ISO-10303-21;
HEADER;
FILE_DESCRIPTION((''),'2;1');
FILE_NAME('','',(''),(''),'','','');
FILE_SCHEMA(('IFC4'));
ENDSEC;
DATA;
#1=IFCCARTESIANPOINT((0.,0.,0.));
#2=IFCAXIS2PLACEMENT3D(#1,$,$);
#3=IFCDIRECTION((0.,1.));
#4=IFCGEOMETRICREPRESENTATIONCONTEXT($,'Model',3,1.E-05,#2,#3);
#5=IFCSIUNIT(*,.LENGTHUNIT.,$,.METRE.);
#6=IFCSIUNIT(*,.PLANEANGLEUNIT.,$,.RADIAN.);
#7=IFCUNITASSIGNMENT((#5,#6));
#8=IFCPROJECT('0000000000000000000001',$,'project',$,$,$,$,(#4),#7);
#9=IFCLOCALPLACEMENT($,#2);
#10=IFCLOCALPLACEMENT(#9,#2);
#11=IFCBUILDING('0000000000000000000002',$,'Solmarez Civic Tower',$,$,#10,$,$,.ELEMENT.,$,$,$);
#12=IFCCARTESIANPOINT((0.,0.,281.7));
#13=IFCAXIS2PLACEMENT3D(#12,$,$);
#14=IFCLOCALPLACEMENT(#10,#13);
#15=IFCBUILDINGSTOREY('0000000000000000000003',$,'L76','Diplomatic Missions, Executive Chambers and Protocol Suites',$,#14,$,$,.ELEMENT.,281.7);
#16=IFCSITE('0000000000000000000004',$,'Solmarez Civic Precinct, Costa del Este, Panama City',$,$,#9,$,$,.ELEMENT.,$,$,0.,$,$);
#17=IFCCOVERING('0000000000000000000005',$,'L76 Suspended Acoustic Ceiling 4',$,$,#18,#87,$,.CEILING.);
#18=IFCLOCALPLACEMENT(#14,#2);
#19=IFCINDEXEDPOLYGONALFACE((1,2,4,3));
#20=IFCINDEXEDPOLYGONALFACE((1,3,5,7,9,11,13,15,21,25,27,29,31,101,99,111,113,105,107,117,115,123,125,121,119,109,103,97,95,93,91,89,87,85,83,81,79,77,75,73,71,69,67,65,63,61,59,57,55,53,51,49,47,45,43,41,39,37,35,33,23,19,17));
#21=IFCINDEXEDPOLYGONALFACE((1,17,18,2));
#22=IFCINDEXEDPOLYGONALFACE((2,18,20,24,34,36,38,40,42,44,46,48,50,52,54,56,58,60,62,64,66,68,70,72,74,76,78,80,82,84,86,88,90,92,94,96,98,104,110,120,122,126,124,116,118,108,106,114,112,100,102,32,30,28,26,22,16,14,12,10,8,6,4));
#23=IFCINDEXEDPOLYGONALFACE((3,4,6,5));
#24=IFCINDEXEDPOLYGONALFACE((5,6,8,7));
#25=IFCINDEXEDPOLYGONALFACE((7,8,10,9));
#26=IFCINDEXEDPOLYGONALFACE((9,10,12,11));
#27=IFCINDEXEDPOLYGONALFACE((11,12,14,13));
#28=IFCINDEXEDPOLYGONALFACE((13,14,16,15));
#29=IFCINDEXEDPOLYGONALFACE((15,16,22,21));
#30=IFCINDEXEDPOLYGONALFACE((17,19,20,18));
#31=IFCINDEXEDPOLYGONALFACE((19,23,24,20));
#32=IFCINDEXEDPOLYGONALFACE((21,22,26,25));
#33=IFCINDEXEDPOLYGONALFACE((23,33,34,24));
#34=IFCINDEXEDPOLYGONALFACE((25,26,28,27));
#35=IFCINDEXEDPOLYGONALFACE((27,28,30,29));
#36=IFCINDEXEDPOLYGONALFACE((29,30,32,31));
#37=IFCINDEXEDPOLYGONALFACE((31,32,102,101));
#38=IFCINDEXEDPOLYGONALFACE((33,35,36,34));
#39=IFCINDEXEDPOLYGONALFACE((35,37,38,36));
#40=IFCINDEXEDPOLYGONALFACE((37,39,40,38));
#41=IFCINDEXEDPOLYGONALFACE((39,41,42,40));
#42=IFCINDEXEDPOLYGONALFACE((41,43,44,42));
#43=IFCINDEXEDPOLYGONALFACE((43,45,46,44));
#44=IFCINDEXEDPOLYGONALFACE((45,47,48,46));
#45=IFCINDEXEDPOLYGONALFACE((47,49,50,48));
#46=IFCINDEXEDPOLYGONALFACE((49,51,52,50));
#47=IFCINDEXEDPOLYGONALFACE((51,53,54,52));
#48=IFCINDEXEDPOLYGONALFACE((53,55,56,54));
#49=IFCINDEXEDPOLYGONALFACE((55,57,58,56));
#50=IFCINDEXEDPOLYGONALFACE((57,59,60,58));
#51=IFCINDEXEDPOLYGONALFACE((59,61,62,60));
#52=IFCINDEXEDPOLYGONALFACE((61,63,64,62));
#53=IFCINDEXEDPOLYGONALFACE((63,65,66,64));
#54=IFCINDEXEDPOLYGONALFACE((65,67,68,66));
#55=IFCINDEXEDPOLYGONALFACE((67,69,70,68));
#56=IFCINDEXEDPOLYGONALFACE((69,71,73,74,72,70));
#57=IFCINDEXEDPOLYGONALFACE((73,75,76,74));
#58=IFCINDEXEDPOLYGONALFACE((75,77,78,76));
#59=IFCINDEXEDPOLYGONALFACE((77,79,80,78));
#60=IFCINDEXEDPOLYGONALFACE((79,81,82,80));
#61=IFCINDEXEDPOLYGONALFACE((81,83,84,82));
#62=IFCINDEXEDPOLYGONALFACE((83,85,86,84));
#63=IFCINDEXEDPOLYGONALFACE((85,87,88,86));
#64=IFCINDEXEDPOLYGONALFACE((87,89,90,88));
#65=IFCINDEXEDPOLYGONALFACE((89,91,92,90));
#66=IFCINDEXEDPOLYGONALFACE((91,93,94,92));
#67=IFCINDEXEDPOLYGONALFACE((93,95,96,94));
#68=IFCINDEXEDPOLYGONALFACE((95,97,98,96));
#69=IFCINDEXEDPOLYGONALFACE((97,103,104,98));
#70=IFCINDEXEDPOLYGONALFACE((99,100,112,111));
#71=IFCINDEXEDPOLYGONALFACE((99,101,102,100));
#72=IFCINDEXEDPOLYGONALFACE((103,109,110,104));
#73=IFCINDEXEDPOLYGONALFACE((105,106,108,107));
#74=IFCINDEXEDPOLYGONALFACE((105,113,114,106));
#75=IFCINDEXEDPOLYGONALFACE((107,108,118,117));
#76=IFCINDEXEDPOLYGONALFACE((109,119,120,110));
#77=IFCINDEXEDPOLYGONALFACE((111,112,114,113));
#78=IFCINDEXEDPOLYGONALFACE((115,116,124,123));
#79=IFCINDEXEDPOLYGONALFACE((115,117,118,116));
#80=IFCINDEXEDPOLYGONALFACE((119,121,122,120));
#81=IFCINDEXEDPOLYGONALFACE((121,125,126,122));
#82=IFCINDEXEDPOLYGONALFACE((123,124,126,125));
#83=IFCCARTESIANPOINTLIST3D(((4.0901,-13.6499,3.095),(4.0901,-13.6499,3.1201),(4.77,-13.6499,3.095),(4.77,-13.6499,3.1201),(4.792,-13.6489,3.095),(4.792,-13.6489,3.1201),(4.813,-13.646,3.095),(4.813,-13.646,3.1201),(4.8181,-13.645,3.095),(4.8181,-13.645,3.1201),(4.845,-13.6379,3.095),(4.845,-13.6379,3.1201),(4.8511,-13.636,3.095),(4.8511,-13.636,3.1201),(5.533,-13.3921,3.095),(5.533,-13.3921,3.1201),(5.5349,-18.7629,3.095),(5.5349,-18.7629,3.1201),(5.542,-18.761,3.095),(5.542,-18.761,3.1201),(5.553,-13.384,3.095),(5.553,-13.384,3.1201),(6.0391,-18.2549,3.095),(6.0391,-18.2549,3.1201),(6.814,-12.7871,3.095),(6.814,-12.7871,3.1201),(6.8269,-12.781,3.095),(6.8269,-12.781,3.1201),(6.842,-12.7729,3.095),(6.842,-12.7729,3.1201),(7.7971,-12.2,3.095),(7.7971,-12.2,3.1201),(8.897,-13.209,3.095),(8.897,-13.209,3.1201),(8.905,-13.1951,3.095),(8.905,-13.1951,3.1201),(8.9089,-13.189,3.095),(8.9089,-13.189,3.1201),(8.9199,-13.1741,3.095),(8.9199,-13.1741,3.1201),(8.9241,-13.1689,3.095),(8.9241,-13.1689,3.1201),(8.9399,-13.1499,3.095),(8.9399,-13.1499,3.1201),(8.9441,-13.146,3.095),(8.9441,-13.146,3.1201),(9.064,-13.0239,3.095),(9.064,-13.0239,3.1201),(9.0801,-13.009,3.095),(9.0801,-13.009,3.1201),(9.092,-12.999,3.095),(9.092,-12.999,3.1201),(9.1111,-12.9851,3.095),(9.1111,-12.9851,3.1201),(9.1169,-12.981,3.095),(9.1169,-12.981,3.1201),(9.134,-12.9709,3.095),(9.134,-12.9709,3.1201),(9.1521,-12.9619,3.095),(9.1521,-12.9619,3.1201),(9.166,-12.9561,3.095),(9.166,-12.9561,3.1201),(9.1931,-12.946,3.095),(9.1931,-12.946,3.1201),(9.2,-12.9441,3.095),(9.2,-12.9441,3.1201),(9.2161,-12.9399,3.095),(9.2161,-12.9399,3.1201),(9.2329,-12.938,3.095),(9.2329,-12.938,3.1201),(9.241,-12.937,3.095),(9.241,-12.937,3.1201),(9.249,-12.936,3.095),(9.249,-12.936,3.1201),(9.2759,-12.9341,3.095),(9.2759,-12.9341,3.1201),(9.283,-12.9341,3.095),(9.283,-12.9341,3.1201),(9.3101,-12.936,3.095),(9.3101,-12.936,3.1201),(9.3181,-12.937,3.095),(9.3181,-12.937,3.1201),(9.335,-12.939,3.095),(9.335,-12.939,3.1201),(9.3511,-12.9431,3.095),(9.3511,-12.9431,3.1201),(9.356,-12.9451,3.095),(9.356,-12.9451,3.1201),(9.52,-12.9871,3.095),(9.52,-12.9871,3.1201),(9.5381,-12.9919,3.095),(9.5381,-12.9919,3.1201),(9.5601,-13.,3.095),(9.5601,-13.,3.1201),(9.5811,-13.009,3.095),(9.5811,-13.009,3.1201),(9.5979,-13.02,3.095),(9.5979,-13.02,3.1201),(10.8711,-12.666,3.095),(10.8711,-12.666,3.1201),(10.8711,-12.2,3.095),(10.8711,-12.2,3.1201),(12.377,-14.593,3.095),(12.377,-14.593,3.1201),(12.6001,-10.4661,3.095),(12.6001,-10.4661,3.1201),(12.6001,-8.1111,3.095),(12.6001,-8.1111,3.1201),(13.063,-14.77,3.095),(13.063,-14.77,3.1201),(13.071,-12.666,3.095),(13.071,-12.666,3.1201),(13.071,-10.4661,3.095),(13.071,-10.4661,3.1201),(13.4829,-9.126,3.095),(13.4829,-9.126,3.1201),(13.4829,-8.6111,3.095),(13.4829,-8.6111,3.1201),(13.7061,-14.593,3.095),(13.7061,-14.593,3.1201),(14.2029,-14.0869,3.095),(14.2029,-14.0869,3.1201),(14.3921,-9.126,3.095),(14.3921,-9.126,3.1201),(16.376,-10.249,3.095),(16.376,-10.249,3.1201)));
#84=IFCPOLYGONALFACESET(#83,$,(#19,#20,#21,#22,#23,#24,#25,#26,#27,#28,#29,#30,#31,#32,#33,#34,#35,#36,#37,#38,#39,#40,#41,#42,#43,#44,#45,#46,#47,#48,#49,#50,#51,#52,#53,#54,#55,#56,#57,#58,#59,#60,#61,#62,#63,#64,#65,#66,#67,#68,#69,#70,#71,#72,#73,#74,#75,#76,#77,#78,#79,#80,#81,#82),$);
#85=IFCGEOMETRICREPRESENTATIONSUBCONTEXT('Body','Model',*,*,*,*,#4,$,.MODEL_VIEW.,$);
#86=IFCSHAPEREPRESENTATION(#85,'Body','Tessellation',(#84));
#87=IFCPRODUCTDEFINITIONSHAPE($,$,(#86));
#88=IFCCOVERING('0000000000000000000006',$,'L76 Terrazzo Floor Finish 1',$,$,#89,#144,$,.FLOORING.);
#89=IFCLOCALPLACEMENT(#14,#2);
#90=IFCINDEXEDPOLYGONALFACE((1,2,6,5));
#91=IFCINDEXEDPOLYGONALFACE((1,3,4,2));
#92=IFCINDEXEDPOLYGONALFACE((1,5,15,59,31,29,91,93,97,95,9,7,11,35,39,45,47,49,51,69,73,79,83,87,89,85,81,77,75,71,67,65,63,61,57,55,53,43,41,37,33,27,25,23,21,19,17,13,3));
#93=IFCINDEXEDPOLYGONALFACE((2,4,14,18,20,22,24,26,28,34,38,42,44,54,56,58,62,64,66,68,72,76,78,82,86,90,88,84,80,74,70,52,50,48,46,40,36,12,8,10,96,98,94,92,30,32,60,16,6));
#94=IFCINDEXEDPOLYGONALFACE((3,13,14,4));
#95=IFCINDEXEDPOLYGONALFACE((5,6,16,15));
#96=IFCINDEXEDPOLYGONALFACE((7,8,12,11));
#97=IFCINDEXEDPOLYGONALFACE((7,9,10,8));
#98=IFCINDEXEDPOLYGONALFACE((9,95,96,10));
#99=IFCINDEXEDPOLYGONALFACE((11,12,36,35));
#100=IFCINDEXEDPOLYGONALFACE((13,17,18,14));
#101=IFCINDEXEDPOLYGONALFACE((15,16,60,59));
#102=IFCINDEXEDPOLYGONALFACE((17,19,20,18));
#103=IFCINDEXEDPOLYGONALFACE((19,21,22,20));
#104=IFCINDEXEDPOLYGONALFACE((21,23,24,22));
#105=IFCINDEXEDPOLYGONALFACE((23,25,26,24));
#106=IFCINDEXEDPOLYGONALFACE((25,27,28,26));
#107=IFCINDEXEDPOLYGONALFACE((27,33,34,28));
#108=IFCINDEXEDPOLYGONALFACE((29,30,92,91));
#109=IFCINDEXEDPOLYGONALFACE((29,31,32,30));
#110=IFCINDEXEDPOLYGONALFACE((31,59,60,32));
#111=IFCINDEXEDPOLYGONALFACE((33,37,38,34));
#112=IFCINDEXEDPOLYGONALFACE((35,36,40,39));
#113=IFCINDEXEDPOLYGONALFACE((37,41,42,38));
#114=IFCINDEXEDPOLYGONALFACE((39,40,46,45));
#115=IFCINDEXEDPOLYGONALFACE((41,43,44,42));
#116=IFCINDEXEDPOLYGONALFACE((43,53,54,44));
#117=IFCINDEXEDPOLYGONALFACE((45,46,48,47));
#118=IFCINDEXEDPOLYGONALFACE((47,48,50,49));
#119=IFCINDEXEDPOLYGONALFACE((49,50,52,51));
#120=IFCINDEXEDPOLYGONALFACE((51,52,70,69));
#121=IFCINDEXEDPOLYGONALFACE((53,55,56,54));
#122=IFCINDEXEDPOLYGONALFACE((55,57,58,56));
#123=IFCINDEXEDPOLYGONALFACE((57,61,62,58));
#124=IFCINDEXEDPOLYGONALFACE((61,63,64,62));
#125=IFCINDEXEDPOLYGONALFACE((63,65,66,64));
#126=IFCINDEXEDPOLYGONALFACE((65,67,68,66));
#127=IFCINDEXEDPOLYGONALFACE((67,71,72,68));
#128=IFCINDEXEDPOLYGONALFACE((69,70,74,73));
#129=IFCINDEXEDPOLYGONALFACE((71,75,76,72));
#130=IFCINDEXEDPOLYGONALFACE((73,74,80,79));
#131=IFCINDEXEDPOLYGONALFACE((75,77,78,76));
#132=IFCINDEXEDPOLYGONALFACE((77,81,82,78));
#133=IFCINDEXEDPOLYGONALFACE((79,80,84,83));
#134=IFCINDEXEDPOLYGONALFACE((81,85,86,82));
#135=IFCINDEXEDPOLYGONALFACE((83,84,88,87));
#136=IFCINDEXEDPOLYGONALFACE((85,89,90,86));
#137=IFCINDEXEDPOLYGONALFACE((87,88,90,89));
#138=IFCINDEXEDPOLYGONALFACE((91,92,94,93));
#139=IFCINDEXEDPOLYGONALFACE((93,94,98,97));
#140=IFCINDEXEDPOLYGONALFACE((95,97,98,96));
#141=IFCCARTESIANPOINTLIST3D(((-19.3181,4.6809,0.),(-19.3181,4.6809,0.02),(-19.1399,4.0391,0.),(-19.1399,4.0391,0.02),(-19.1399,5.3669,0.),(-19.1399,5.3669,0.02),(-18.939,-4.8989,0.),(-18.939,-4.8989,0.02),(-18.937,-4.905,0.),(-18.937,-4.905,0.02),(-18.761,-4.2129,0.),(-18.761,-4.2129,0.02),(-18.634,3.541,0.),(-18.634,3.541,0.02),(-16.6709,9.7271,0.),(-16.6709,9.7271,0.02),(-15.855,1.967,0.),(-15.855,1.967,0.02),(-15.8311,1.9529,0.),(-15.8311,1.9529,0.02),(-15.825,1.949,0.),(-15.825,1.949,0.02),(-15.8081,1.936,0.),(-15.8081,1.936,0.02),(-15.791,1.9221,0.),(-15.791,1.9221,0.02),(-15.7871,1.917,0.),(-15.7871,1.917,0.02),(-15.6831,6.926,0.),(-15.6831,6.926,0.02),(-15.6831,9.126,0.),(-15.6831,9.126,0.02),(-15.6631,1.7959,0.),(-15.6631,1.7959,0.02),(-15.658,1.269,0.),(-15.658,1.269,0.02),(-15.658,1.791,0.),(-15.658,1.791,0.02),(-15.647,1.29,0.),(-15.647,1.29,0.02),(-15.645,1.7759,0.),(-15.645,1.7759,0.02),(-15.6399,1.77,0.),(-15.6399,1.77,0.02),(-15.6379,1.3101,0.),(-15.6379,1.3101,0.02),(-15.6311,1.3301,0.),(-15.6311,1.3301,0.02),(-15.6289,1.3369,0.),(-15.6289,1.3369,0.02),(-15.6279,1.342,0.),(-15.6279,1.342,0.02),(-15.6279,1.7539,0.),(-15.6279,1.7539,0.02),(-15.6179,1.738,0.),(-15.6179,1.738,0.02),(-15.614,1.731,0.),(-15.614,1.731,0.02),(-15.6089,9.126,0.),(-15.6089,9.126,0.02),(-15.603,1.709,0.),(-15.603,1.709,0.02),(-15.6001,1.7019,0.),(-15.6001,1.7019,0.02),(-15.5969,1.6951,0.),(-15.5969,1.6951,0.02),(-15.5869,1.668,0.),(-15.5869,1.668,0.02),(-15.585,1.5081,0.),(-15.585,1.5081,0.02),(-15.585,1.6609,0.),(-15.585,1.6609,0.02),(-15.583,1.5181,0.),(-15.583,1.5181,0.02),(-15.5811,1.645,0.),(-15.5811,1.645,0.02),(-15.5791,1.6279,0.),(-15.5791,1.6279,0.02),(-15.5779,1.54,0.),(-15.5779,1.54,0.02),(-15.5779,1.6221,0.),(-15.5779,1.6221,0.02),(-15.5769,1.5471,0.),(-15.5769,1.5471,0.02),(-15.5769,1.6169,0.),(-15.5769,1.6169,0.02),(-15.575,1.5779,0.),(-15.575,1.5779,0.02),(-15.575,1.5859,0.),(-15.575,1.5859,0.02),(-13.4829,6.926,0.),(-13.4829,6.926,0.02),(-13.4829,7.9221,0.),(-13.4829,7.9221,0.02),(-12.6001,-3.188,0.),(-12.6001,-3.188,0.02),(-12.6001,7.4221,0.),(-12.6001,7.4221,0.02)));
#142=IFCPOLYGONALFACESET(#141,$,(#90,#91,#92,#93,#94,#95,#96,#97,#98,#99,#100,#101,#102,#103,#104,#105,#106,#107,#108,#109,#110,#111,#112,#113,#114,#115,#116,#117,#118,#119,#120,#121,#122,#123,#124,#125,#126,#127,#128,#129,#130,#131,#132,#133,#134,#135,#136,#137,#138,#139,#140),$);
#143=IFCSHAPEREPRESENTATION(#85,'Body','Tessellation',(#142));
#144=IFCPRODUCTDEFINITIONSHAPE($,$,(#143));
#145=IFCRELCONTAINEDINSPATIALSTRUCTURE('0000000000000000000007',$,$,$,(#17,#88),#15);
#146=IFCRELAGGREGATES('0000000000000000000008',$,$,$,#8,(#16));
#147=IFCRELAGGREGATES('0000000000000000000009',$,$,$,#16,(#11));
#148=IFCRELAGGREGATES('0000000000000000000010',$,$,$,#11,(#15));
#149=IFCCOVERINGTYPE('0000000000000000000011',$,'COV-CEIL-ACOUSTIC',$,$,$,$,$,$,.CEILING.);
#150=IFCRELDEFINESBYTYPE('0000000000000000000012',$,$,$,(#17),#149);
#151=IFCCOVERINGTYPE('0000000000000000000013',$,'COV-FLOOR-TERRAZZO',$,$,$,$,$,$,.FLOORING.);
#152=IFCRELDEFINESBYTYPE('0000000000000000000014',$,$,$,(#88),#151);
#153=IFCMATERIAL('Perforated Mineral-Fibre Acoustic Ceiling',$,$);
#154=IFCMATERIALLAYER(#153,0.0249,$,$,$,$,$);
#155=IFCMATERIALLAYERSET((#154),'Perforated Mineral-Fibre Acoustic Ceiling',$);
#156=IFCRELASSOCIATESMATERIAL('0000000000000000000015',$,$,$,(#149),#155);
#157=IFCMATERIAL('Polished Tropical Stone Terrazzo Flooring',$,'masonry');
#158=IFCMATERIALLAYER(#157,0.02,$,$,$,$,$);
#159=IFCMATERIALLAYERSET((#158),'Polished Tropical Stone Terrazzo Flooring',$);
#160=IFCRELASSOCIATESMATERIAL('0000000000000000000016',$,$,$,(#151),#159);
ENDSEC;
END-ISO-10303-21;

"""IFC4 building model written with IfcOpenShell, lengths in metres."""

from ifc_helpers import new_model, si_unit, direction, frame, origin, place, context, subcontext, project, spatial, polyline, outline, extrude, material, layer, layer_set, type_object, element, save


model = new_model("IFC4")

# Units and contexts
model_context = context("Model", 3, precision=1e-05, world=origin(), true_north=direction((0.0, 1.0)))
body_context = subcontext(model_context, "Body", "Model", "MODEL_VIEW")
ifc_project = project(units=[si_unit("LENGTHUNIT", "METRE"), si_unit("PLANEANGLEUNIT", "RADIAN")], contexts=[model_context])

# Site, building, storey
site_placement = place(None, origin())
site = spatial("IfcSite", under=ifc_project, at=site_placement, Name="Solmarez Civic Precinct, Costa del Este, Panama City", CompositionType="ELEMENT", RefElevation=0.0)
building_placement = place(site_placement, origin())
building = spatial("IfcBuilding", under=site, at=building_placement, Name="Solmarez Civic Tower", CompositionType="ELEMENT")
storey_placement = place(building_placement, frame((0.0, 0.0, 281.7)))
storey = spatial("IfcBuildingStorey", under=building, at=storey_placement, Name="L76", Description="Diplomatic Missions, Executive Chambers and Protocol Suites", CompositionType="ELEMENT", Elevation=281.7)

# Coverings
ifc_material_1 = material(Name="Perforated Mineral-Fibre Acoustic Ceiling")
ifc_layer_1 = layer(ifc_material_1, 0.0249)
ifc_layer_set_1 = layer_set([ifc_layer_1], Name="Perforated Mineral-Fibre Acoustic Ceiling")
covering_type_1 = type_object("IfcCoveringType", Name="COV-CEIL-ACOUSTIC", PredefinedType="CEILING", material=ifc_layer_set_1)
covering_1_placement = place(storey_placement, frame((0.0, 0.0, 3.095)))
element("IfcCovering", 1, at=covering_1_placement, inside=storey, type_object=covering_type_1, Name="L76 Suspended Acoustic Ceiling 4", PredefinedType="CEILING", context=body_context, shape_type="SweptSolid", body=[
    extrude(outline(polyline([(6.814, -12.7871), (5.553, -13.384), (5.533, -13.3921), (4.8511, -13.636), (4.845, -13.6379), (4.8181, -13.645), (4.813, -13.646), (4.792, -13.6489), (4.77, -13.6499), (4.0901, -13.6499), (5.5349, -18.7629), (5.542, -18.761), (6.0391, -18.2549), (8.897, -13.209), (8.905, -13.1951), (8.9089, -13.189), (8.9199, -13.1741), (8.9241, -13.1689), (8.9399, -13.1499), (8.9441, -13.146), (9.064, -13.0239), (9.0801, -13.009), (9.092, -12.999), (9.1111, -12.9851), (9.1169, -12.981), (9.134, -12.9709), (9.1521, -12.9619), (9.166, -12.9561), (9.1931, -12.946), (9.2, -12.9441), (9.2161, -12.9399), (9.2329, -12.938), (9.241, -12.937), (9.249, -12.936), (9.2759, -12.9341), (9.283, -12.9341), (9.3101, -12.936), (9.3181, -12.937), (9.335, -12.939), (9.3511, -12.9431), (9.356, -12.9451), (9.52, -12.9871), (9.5381, -12.9919), (9.5601, -13.0), (9.5811, -13.009), (9.5979, -13.02), (12.377, -14.593), (13.063, -14.77), (13.7061, -14.593), (14.2029, -14.0869), (16.376, -10.249), (14.3921, -9.126), (13.4829, -9.126), (13.4829, -8.6111), (12.6001, -8.1111), (12.6001, -10.4661), (13.071, -10.4661), (13.071, -12.666), (10.8711, -12.666), (10.8711, -12.2), (7.7971, -12.2), (6.842, -12.7729), (6.8269, -12.781), (6.814, -12.7871)])), origin(), (0.0, 0.0, 1.0), 0.0251),
])
ifc_material_2 = material(Name="Polished Tropical Stone Terrazzo Flooring", Category="masonry")
ifc_layer_2 = layer(ifc_material_2, 0.02)
ifc_layer_set_2 = layer_set([ifc_layer_2], Name="Polished Tropical Stone Terrazzo Flooring")
covering_type_2 = type_object("IfcCoveringType", Name="COV-FLOOR-TERRAZZO", PredefinedType="FLOORING", material=ifc_layer_set_2)
covering_2_placement = place(storey_placement, origin())
element("IfcCovering", 2, at=covering_2_placement, inside=storey, type_object=covering_type_2, Name="L76 Terrazzo Floor Finish 1", PredefinedType="FLOORING", context=body_context, shape_type="SweptSolid", body=[
    extrude(outline(polyline([(-12.6001, -3.188), (-12.6001, 7.4221), (-13.4829, 7.9221), (-13.4829, 6.926), (-15.6831, 6.926), (-15.6831, 9.126), (-15.6089, 9.126), (-16.6709, 9.7271), (-19.1399, 5.3669), (-19.3181, 4.6809), (-19.1399, 4.0391), (-18.634, 3.541), (-15.855, 1.967), (-15.8311, 1.9529), (-15.825, 1.949), (-15.8081, 1.936), (-15.791, 1.9221), (-15.7871, 1.917), (-15.6631, 1.7959), (-15.658, 1.791), (-15.645, 1.7759), (-15.6399, 1.77), (-15.6279, 1.7539), (-15.6179, 1.738), (-15.614, 1.731), (-15.603, 1.709), (-15.6001, 1.7019), (-15.5969, 1.6951), (-15.5869, 1.668), (-15.585, 1.6609), (-15.5811, 1.645), (-15.5791, 1.6279), (-15.5779, 1.6221), (-15.5769, 1.6169), (-15.575, 1.5859), (-15.575, 1.5779), (-15.5769, 1.5471), (-15.5779, 1.54), (-15.583, 1.5181), (-15.585, 1.5081), (-15.6279, 1.342), (-15.6289, 1.3369), (-15.6311, 1.3301), (-15.6379, 1.3101), (-15.647, 1.29), (-15.658, 1.269), (-18.761, -4.2129), (-18.939, -4.8989), (-18.937, -4.905), (-12.6001, -3.188)])), origin(), (0.0, 0.0, 1.0), 0.02),
])

save(model, "model.ifc")
